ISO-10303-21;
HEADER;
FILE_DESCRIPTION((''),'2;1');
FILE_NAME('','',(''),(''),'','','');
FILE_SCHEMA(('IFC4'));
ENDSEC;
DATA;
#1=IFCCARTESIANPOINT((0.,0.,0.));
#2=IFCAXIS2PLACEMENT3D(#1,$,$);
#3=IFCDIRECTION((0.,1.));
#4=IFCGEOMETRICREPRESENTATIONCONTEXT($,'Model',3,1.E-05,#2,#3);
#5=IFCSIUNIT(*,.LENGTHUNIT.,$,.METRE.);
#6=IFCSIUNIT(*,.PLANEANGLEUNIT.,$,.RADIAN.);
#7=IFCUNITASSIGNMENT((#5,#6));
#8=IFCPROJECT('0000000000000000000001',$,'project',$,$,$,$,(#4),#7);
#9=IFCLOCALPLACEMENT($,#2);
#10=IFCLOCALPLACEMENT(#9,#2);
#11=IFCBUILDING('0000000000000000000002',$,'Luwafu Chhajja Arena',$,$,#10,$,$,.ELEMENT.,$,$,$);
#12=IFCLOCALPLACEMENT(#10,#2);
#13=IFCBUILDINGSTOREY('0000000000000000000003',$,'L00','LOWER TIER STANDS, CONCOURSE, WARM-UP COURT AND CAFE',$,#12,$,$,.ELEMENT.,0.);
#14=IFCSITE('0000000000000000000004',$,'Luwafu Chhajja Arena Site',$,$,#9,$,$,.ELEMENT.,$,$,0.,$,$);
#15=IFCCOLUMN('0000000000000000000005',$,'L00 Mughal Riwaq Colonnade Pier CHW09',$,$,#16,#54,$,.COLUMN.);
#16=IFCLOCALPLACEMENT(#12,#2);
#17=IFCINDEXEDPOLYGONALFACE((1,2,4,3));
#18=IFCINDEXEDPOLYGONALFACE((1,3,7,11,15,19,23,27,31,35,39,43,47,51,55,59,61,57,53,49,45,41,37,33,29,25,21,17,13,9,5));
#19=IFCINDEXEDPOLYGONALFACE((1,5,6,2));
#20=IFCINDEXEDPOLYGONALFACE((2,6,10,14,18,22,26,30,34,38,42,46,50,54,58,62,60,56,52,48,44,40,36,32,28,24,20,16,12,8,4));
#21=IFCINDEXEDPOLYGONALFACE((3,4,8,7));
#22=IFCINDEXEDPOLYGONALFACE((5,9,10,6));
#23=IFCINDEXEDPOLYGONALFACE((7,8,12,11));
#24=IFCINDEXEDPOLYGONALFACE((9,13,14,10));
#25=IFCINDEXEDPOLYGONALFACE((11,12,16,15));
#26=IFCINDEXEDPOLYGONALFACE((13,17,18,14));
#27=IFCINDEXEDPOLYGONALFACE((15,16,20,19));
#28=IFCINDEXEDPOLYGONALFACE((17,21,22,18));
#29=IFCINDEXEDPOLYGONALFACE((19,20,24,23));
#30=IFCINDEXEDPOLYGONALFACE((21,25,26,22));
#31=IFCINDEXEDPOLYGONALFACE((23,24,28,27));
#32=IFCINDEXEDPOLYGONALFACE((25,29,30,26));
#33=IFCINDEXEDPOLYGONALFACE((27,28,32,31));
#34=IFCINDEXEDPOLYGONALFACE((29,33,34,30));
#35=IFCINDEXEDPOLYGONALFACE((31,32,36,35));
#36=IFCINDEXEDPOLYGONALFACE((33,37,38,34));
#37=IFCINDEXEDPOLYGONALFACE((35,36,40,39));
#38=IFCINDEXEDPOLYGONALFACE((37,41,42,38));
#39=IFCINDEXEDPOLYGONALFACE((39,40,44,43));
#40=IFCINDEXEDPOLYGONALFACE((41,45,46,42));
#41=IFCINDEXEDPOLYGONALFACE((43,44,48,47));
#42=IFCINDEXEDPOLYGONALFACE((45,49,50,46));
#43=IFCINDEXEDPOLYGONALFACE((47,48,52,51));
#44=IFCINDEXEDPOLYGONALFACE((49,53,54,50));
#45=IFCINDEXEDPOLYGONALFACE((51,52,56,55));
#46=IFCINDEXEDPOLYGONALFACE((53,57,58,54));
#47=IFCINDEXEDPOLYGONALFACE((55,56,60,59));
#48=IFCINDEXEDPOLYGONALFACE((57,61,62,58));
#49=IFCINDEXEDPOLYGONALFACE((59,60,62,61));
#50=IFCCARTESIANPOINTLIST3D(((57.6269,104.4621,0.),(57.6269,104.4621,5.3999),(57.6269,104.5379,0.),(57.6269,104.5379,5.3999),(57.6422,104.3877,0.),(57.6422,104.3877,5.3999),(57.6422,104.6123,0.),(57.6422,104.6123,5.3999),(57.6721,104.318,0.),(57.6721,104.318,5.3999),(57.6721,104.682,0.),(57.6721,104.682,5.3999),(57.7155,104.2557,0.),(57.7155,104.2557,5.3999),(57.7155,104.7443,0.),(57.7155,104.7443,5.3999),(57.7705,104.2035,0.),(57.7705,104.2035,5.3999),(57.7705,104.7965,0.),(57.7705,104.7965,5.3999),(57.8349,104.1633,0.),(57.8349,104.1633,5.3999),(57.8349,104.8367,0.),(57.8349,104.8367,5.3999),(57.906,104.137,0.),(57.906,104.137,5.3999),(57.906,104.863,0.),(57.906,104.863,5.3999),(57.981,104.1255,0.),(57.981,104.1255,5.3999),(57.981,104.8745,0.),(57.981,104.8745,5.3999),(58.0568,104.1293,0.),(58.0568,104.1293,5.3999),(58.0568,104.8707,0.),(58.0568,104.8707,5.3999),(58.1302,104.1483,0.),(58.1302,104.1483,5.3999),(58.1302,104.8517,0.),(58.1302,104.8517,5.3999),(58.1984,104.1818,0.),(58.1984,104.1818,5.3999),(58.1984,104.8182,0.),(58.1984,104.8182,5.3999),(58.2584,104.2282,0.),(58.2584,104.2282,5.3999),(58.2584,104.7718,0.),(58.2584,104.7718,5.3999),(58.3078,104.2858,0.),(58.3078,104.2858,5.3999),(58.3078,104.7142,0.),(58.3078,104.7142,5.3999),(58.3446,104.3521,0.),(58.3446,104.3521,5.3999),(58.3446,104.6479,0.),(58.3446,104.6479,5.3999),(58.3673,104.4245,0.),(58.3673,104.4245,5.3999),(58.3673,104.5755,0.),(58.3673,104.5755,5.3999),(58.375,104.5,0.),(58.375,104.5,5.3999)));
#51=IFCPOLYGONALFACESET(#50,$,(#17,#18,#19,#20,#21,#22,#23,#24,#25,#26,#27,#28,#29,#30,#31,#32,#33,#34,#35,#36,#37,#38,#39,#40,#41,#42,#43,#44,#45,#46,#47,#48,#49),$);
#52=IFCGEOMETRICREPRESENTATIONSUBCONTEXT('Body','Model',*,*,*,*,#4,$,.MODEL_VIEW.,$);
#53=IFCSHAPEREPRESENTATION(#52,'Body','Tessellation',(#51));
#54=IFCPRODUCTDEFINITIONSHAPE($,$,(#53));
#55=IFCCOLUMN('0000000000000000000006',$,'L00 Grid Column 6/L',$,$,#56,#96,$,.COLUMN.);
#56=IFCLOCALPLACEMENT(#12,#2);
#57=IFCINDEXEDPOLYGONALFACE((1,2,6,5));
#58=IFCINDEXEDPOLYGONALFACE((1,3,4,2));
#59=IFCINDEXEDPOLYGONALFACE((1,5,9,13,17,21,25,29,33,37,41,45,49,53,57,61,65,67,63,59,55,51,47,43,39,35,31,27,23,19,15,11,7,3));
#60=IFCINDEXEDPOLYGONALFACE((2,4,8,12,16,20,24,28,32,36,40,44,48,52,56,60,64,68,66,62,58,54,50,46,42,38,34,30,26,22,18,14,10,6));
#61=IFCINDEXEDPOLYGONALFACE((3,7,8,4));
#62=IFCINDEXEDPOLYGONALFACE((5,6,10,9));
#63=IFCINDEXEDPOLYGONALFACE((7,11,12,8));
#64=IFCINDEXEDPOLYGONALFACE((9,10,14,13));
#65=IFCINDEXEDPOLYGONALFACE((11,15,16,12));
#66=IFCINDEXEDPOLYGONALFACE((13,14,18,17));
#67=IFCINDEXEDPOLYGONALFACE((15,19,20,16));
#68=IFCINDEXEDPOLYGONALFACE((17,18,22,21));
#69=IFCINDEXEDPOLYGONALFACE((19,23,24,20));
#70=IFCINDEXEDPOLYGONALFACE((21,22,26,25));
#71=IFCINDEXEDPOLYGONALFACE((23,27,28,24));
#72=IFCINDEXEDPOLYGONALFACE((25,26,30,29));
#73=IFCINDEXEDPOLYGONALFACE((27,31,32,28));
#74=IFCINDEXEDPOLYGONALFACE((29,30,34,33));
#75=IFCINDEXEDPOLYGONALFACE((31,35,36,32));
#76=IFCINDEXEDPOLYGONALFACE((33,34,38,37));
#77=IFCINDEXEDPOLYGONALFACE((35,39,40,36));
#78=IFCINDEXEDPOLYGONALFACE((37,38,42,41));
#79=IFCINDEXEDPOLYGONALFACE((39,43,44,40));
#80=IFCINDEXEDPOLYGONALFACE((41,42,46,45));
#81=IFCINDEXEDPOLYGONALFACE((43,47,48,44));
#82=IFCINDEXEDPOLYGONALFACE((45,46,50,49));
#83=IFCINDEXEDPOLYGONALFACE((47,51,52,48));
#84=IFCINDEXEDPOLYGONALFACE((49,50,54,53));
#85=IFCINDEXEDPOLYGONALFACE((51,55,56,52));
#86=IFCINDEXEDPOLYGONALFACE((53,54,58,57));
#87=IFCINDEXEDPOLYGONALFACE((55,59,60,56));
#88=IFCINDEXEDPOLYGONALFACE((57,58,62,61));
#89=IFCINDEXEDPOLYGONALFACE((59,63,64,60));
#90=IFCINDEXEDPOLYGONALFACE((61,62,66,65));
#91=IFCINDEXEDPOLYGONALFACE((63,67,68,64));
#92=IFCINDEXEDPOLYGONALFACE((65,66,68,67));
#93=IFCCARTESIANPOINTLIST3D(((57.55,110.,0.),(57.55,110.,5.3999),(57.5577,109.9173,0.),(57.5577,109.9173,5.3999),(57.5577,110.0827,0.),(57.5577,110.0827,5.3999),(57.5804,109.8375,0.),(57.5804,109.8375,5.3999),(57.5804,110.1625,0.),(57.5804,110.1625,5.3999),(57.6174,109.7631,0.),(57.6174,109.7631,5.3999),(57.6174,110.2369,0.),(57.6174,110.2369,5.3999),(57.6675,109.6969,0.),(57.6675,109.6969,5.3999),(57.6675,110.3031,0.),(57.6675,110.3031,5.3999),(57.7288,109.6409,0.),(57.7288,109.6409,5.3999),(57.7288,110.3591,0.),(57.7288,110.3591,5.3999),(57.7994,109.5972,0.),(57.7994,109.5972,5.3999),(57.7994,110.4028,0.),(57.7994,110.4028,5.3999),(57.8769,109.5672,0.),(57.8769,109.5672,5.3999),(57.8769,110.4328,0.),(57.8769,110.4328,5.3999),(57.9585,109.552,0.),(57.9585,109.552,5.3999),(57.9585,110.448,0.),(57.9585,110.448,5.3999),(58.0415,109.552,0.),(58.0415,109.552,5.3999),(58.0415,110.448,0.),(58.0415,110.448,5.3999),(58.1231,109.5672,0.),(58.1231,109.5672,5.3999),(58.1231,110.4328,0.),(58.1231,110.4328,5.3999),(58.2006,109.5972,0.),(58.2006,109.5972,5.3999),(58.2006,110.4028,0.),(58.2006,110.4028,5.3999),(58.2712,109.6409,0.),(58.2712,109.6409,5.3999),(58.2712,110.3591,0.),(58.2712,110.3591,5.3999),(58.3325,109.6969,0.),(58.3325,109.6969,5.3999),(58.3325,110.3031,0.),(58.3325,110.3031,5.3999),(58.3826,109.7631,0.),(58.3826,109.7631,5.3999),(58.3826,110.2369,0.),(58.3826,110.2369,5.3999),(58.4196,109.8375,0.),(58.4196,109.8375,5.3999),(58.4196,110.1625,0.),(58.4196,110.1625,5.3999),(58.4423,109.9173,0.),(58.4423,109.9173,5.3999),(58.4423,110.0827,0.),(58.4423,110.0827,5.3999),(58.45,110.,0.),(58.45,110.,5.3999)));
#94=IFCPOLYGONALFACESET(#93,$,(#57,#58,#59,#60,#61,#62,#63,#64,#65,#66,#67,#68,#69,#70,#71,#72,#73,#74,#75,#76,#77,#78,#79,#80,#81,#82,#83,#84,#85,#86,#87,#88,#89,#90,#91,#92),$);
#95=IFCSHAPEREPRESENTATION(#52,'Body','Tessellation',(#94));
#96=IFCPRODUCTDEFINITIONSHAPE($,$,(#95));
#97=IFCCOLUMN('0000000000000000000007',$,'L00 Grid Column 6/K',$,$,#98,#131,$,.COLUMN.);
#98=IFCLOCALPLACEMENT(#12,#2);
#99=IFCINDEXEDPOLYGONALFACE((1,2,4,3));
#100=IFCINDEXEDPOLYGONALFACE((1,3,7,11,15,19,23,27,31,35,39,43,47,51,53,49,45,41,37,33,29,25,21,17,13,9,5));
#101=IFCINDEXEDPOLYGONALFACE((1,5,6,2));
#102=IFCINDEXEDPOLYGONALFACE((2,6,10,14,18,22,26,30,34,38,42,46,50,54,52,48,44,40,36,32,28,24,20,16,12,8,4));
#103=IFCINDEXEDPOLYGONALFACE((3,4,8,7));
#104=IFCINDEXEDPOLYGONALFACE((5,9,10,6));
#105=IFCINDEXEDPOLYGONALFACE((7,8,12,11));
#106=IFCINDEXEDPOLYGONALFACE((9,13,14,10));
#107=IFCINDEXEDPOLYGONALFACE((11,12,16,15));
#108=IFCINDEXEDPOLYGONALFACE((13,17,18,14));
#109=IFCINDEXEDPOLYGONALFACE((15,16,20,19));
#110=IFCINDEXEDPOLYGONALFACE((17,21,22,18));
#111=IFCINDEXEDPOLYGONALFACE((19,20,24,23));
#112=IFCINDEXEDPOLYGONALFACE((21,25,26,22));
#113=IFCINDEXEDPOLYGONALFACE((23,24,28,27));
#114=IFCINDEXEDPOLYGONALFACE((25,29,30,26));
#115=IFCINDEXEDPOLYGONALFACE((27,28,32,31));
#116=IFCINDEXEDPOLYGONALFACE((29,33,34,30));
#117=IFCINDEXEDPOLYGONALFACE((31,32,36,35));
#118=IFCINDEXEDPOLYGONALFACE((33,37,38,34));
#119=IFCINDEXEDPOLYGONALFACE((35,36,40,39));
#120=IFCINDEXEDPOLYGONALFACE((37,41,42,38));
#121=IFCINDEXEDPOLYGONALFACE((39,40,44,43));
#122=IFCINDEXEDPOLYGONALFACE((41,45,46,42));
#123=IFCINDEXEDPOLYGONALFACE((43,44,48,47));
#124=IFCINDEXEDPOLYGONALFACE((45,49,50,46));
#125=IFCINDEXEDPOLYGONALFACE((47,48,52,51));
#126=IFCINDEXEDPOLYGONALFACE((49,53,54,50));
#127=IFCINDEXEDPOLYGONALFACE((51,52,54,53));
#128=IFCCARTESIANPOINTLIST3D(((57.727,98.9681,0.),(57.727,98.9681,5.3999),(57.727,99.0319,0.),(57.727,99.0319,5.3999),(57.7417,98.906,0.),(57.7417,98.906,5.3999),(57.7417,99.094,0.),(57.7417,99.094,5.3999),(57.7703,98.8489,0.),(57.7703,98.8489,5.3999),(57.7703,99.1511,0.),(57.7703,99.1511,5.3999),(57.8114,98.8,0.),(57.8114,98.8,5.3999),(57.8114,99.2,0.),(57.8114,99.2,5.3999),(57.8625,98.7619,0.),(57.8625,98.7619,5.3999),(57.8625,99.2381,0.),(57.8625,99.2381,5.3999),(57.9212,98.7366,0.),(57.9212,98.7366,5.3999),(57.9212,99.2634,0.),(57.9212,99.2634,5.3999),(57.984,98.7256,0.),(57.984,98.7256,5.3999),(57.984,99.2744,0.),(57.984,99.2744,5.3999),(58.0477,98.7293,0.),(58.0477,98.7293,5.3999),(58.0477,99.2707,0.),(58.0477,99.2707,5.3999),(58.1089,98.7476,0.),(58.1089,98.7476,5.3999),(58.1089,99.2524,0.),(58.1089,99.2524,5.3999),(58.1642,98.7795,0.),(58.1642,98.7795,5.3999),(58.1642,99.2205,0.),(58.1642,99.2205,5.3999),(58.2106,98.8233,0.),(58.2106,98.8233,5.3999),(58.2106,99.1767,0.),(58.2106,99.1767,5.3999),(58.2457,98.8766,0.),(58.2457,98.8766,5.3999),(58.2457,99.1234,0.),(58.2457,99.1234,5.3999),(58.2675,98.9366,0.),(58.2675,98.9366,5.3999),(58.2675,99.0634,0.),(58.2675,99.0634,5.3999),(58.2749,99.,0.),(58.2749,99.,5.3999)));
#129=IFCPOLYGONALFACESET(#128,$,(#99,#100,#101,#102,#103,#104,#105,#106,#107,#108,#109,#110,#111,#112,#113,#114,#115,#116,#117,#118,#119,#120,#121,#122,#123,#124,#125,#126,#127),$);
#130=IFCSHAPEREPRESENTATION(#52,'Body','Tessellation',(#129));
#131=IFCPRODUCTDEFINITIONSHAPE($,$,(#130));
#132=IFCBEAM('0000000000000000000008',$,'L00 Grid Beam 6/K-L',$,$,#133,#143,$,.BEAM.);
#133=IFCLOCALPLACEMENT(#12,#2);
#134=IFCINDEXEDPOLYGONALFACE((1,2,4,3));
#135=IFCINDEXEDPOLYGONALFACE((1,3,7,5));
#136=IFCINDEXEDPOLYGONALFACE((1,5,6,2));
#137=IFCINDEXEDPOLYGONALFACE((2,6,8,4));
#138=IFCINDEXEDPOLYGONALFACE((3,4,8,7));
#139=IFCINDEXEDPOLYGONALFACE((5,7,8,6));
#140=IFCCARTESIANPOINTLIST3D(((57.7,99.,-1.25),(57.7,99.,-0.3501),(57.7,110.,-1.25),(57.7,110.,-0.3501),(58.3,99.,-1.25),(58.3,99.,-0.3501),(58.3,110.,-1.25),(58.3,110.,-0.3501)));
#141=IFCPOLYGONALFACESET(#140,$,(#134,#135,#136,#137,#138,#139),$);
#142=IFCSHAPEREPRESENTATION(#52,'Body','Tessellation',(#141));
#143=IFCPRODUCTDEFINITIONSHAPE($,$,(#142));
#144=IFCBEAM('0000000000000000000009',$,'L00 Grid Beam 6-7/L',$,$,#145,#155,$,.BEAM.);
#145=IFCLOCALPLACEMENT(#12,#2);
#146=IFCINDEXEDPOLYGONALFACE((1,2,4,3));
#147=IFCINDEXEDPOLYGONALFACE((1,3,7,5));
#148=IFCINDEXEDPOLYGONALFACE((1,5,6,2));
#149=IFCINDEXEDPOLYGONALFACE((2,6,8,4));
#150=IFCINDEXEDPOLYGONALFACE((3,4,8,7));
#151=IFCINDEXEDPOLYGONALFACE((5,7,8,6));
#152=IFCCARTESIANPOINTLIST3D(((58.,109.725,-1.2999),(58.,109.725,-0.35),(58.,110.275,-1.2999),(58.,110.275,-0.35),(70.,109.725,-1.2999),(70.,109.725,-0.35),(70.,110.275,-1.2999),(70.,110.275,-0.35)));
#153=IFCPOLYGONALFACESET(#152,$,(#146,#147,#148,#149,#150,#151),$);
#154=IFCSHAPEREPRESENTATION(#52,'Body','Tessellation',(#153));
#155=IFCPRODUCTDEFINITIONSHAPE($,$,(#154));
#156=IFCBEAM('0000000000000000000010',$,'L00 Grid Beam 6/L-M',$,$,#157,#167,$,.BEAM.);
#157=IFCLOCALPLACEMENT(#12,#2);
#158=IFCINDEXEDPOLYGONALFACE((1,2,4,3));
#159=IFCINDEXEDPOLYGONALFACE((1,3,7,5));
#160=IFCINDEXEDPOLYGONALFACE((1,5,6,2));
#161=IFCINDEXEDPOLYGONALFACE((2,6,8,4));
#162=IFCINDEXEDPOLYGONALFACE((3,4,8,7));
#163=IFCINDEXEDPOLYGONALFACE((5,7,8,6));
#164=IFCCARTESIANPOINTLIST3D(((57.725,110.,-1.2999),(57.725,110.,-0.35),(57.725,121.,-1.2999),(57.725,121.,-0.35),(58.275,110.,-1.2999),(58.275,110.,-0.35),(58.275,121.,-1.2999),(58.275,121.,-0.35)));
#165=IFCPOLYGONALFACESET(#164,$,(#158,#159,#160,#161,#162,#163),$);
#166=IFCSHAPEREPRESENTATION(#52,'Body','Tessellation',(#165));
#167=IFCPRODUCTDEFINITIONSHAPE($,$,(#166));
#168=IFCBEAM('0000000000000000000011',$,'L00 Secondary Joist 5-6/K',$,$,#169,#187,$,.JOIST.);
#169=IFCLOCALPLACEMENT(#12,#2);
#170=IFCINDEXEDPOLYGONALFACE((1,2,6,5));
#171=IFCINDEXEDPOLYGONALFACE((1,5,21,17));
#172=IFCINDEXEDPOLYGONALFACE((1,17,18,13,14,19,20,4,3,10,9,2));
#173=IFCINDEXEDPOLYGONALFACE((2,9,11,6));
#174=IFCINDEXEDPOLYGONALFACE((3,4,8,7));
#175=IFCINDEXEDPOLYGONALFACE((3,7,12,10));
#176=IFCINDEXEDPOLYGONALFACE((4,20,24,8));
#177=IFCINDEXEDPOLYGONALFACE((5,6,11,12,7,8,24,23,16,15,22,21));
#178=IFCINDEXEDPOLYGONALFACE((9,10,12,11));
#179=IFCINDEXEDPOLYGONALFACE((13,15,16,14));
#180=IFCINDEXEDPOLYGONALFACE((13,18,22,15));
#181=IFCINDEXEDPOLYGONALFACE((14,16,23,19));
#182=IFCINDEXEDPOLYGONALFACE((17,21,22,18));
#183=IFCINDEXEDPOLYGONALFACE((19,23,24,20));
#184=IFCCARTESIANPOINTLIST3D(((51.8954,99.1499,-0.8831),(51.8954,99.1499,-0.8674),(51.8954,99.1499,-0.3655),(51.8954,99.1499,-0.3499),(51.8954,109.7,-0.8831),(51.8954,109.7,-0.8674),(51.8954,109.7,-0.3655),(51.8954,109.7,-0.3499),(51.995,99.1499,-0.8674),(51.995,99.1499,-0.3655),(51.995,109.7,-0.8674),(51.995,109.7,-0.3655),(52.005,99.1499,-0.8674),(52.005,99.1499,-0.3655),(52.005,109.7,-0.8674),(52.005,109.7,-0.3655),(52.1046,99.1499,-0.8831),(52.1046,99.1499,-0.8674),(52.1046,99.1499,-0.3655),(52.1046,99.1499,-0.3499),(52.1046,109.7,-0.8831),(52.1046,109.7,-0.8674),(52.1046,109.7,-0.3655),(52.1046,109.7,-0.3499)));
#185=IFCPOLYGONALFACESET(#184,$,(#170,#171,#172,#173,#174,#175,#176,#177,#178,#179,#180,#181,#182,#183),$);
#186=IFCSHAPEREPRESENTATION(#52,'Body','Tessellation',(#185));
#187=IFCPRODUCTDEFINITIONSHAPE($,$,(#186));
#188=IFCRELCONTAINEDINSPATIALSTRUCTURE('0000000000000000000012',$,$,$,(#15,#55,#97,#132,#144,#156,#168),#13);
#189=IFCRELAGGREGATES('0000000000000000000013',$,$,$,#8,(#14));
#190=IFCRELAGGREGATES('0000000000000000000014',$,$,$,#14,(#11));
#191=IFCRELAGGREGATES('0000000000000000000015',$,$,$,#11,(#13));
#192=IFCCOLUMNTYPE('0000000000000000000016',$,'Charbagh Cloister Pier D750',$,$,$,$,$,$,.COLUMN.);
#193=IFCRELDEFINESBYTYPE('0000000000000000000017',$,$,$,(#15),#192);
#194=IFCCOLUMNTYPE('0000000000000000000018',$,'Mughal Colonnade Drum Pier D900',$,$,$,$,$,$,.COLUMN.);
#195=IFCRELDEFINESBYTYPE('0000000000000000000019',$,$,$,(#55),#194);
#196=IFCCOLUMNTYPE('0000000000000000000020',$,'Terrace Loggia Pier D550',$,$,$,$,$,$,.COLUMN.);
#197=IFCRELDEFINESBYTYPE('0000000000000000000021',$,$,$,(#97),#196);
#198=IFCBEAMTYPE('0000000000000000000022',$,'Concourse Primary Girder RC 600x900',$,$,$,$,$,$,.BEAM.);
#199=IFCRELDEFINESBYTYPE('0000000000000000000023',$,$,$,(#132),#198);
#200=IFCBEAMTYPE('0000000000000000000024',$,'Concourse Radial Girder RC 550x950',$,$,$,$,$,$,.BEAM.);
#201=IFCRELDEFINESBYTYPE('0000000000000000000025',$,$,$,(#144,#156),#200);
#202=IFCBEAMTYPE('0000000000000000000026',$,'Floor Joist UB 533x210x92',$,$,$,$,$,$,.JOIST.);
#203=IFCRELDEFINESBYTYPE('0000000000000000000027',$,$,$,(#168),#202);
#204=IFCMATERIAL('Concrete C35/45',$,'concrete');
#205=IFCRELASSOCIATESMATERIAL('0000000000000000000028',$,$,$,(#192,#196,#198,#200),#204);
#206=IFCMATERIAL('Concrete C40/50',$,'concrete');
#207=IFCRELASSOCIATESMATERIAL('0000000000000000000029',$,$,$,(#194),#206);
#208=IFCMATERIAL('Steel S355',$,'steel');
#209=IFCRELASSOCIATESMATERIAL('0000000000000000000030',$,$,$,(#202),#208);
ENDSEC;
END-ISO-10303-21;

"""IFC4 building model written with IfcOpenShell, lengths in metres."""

from ifc_helpers import new_model, si_unit, direction, frame, origin, origin_2d, place, context, subcontext, project, spatial, rectangle, circle, i_section, extrude, material, material_profile, profile_set, type_object, element, save


model = new_model("IFC4")

# Units and contexts
model_context = context("Model", 3, precision=1e-05, world=origin(), true_north=direction((0.0, 1.0)))
body_context = subcontext(model_context, "Body", "Model", "MODEL_VIEW")
ifc_project = project(units=[si_unit("LENGTHUNIT", "METRE"), si_unit("PLANEANGLEUNIT", "RADIAN")], contexts=[model_context])

# Site, building, storey
site_placement = place(None, origin())
site = spatial("IfcSite", under=ifc_project, at=site_placement, Name="Luwafu Chhajja Arena Site", CompositionType="ELEMENT", RefElevation=0.0)
building_placement = place(site_placement, origin())
building = spatial("IfcBuilding", under=site, at=building_placement, Name="Luwafu Chhajja Arena", CompositionType="ELEMENT")
storey_placement = place(building_placement, origin())
storey = spatial("IfcBuildingStorey", under=building, at=storey_placement, Name="L00", Description="LOWER TIER STANDS, CONCOURSE, WARM-UP COURT AND CAFE", CompositionType="ELEMENT", Elevation=0.0)

# Columns
ifc_material_1 = material(Name="Concrete C35/45", Category="concrete")
ifc_material_profile_1 = material_profile(ifc_material_1, circle(Radius=0.375, at=origin_2d()), Name="RC COL D750")
ifc_profile_set_1 = profile_set([ifc_material_profile_1], Name="Concrete C35/45")
column_type_1 = type_object("IfcColumnType", Name="Charbagh Cloister Pier D750", PredefinedType="COLUMN", material=ifc_profile_set_1)
column_1_placement = place(storey_placement, frame((58.0, 104.5, 0.0), z_axis=(0.0, 0.0, 1.0), x_axis=(1.0, 0.0, 0.0)))
element("IfcColumn", 1, at=column_1_placement, inside=storey, type_object=column_type_1, Name="L00 Mughal Riwaq Colonnade Pier CHW09", PredefinedType="COLUMN", context=body_context, shape_type="SweptSolid", body=[
    extrude(circle(Radius=0.375, at=origin_2d()), origin(), (0.0, 0.0, 1.0), 5.3999),
])
ifc_material_2 = material(Name="Concrete C40/50", Category="concrete")
ifc_material_profile_2 = material_profile(ifc_material_2, circle(Radius=0.45, at=origin_2d()), Name="RC COL D900")
ifc_profile_set_2 = profile_set([ifc_material_profile_2], Name="Concrete C40/50")
column_type_2 = type_object("IfcColumnType", Name="Mughal Colonnade Drum Pier D900", PredefinedType="COLUMN", material=ifc_profile_set_2)
column_2_placement = place(storey_placement, frame((58.0, 110.0, 0.0), z_axis=(0.0, 0.0, 1.0), x_axis=(1.0, 0.0, 0.0)))
element("IfcColumn", 2, at=column_2_placement, inside=storey, type_object=column_type_2, Name="L00 Grid Column 6/L", PredefinedType="COLUMN", context=body_context, shape_type="SweptSolid", body=[
    extrude(circle(Radius=0.45, at=origin_2d()), origin(), (0.0, 0.0, 1.0), 5.3999),
])
ifc_material_profile_3 = material_profile(ifc_material_1, circle(Radius=0.2749, at=origin_2d()), Name="RC COL D550")
ifc_profile_set_3 = profile_set([ifc_material_profile_3], Name="Concrete C35/45")
column_type_3 = type_object("IfcColumnType", Name="Terrace Loggia Pier D550", PredefinedType="COLUMN", material=ifc_profile_set_3)
column_3_placement = place(storey_placement, frame((58.0, 99.0, 0.0), z_axis=(0.0, 0.0, 1.0), x_axis=(1.0, 0.0, 0.0)))
element("IfcColumn", 3, at=column_3_placement, inside=storey, type_object=column_type_3, Name="L00 Grid Column 6/K", PredefinedType="COLUMN", context=body_context, shape_type="SweptSolid", body=[
    extrude(circle(Radius=0.2749, at=origin_2d()), origin(), (0.0, 0.0, 1.0), 5.3999),
])

# Beams
ifc_material_profile_4 = material_profile(ifc_material_1, rectangle(XDim=0.6001, YDim=0.8999, at=origin_2d()), Name="RC 600x900")
ifc_profile_set_4 = profile_set([ifc_material_profile_4], Name="Concrete C35/45")
beam_type_1 = type_object("IfcBeamType", Name="Concourse Primary Girder RC 600x900", PredefinedType="BEAM", material=ifc_profile_set_4)
beam_1_placement = place(storey_placement, frame((58.0, 99.0, -0.8), z_axis=(0.0, 1.0, 0.0), x_axis=(-1.0, 0.0, 0.0)))
element("IfcBeam", 4, at=beam_1_placement, inside=storey, type_object=beam_type_1, Name="L00 Grid Beam 6/K-L", PredefinedType="BEAM", context=body_context, shape_type="SweptSolid", body=[
    extrude(rectangle(XDim=0.6001, YDim=0.8999, at=origin_2d()), origin(), (0.0, 0.0, 1.0), 11.0),
])
ifc_material_profile_5 = material_profile(ifc_material_1, rectangle(XDim=0.55, YDim=0.95, at=origin_2d()), Name="RC 550x950")
ifc_profile_set_5 = profile_set([ifc_material_profile_5], Name="Concrete C35/45")
beam_type_2 = type_object("IfcBeamType", Name="Concourse Radial Girder RC 550x950", PredefinedType="BEAM", material=ifc_profile_set_5)
beam_2_placement = place(storey_placement, frame((58.0, 110.0, -0.825), z_axis=(1.0, 0.0, 0.0), x_axis=(0.0, 1.0, 0.0)))
element("IfcBeam", 5, at=beam_2_placement, inside=storey, type_object=beam_type_2, Name="L00 Grid Beam 6-7/L", PredefinedType="BEAM", context=body_context, shape_type="SweptSolid", body=[
    extrude(rectangle(XDim=0.55, YDim=0.95, at=origin_2d()), origin(), (0.0, 0.0, 1.0), 12.0),
])
beam_3_placement = place(storey_placement, frame((58.0, 110.0, -0.825), z_axis=(0.0, 1.0, 0.0), x_axis=(-1.0, 0.0, 0.0)))
element("IfcBeam", 6, at=beam_3_placement, inside=storey, type_object=beam_type_2, Name="L00 Grid Beam 6/L-M", PredefinedType="BEAM", context=body_context, shape_type="SweptSolid", body=[
    extrude(rectangle(XDim=0.55, YDim=0.95, at=origin_2d()), origin(), (0.0, 0.0, 1.0), 11.0),
])
ifc_material_3 = material(Name="Steel S355", Category="steel")
ifc_material_profile_6 = material_profile(ifc_material_3, i_section(OverallWidth=0.2092, OverallDepth=0.5332, WebThickness=0.01, FlangeThickness=0.0156, at=origin_2d()), Name="UB 533x210x92")
ifc_profile_set_6 = profile_set([ifc_material_profile_6], Name="Steel S355")
beam_type_3 = type_object("IfcBeamType", Name="Floor Joist UB 533x210x92", PredefinedType="JOIST", material=ifc_profile_set_6)
beam_4_placement = place(storey_placement, frame((52.0, 99.1499, -0.6165), z_axis=(0.0, 1.0, 0.0), x_axis=(-1.0, 0.0, 0.0)))
element("IfcBeam", 7, at=beam_4_placement, inside=storey, type_object=beam_type_3, Name="L00 Secondary Joist 5-6/K", PredefinedType="JOIST", context=body_context, shape_type="SweptSolid", body=[
    extrude(i_section(OverallWidth=0.2092, OverallDepth=0.5332, WebThickness=0.01, FlangeThickness=0.0156, at=origin_2d()), origin(), (0.0, 0.0, 1.0), 10.55),
])

save(model, "model.ifc")
